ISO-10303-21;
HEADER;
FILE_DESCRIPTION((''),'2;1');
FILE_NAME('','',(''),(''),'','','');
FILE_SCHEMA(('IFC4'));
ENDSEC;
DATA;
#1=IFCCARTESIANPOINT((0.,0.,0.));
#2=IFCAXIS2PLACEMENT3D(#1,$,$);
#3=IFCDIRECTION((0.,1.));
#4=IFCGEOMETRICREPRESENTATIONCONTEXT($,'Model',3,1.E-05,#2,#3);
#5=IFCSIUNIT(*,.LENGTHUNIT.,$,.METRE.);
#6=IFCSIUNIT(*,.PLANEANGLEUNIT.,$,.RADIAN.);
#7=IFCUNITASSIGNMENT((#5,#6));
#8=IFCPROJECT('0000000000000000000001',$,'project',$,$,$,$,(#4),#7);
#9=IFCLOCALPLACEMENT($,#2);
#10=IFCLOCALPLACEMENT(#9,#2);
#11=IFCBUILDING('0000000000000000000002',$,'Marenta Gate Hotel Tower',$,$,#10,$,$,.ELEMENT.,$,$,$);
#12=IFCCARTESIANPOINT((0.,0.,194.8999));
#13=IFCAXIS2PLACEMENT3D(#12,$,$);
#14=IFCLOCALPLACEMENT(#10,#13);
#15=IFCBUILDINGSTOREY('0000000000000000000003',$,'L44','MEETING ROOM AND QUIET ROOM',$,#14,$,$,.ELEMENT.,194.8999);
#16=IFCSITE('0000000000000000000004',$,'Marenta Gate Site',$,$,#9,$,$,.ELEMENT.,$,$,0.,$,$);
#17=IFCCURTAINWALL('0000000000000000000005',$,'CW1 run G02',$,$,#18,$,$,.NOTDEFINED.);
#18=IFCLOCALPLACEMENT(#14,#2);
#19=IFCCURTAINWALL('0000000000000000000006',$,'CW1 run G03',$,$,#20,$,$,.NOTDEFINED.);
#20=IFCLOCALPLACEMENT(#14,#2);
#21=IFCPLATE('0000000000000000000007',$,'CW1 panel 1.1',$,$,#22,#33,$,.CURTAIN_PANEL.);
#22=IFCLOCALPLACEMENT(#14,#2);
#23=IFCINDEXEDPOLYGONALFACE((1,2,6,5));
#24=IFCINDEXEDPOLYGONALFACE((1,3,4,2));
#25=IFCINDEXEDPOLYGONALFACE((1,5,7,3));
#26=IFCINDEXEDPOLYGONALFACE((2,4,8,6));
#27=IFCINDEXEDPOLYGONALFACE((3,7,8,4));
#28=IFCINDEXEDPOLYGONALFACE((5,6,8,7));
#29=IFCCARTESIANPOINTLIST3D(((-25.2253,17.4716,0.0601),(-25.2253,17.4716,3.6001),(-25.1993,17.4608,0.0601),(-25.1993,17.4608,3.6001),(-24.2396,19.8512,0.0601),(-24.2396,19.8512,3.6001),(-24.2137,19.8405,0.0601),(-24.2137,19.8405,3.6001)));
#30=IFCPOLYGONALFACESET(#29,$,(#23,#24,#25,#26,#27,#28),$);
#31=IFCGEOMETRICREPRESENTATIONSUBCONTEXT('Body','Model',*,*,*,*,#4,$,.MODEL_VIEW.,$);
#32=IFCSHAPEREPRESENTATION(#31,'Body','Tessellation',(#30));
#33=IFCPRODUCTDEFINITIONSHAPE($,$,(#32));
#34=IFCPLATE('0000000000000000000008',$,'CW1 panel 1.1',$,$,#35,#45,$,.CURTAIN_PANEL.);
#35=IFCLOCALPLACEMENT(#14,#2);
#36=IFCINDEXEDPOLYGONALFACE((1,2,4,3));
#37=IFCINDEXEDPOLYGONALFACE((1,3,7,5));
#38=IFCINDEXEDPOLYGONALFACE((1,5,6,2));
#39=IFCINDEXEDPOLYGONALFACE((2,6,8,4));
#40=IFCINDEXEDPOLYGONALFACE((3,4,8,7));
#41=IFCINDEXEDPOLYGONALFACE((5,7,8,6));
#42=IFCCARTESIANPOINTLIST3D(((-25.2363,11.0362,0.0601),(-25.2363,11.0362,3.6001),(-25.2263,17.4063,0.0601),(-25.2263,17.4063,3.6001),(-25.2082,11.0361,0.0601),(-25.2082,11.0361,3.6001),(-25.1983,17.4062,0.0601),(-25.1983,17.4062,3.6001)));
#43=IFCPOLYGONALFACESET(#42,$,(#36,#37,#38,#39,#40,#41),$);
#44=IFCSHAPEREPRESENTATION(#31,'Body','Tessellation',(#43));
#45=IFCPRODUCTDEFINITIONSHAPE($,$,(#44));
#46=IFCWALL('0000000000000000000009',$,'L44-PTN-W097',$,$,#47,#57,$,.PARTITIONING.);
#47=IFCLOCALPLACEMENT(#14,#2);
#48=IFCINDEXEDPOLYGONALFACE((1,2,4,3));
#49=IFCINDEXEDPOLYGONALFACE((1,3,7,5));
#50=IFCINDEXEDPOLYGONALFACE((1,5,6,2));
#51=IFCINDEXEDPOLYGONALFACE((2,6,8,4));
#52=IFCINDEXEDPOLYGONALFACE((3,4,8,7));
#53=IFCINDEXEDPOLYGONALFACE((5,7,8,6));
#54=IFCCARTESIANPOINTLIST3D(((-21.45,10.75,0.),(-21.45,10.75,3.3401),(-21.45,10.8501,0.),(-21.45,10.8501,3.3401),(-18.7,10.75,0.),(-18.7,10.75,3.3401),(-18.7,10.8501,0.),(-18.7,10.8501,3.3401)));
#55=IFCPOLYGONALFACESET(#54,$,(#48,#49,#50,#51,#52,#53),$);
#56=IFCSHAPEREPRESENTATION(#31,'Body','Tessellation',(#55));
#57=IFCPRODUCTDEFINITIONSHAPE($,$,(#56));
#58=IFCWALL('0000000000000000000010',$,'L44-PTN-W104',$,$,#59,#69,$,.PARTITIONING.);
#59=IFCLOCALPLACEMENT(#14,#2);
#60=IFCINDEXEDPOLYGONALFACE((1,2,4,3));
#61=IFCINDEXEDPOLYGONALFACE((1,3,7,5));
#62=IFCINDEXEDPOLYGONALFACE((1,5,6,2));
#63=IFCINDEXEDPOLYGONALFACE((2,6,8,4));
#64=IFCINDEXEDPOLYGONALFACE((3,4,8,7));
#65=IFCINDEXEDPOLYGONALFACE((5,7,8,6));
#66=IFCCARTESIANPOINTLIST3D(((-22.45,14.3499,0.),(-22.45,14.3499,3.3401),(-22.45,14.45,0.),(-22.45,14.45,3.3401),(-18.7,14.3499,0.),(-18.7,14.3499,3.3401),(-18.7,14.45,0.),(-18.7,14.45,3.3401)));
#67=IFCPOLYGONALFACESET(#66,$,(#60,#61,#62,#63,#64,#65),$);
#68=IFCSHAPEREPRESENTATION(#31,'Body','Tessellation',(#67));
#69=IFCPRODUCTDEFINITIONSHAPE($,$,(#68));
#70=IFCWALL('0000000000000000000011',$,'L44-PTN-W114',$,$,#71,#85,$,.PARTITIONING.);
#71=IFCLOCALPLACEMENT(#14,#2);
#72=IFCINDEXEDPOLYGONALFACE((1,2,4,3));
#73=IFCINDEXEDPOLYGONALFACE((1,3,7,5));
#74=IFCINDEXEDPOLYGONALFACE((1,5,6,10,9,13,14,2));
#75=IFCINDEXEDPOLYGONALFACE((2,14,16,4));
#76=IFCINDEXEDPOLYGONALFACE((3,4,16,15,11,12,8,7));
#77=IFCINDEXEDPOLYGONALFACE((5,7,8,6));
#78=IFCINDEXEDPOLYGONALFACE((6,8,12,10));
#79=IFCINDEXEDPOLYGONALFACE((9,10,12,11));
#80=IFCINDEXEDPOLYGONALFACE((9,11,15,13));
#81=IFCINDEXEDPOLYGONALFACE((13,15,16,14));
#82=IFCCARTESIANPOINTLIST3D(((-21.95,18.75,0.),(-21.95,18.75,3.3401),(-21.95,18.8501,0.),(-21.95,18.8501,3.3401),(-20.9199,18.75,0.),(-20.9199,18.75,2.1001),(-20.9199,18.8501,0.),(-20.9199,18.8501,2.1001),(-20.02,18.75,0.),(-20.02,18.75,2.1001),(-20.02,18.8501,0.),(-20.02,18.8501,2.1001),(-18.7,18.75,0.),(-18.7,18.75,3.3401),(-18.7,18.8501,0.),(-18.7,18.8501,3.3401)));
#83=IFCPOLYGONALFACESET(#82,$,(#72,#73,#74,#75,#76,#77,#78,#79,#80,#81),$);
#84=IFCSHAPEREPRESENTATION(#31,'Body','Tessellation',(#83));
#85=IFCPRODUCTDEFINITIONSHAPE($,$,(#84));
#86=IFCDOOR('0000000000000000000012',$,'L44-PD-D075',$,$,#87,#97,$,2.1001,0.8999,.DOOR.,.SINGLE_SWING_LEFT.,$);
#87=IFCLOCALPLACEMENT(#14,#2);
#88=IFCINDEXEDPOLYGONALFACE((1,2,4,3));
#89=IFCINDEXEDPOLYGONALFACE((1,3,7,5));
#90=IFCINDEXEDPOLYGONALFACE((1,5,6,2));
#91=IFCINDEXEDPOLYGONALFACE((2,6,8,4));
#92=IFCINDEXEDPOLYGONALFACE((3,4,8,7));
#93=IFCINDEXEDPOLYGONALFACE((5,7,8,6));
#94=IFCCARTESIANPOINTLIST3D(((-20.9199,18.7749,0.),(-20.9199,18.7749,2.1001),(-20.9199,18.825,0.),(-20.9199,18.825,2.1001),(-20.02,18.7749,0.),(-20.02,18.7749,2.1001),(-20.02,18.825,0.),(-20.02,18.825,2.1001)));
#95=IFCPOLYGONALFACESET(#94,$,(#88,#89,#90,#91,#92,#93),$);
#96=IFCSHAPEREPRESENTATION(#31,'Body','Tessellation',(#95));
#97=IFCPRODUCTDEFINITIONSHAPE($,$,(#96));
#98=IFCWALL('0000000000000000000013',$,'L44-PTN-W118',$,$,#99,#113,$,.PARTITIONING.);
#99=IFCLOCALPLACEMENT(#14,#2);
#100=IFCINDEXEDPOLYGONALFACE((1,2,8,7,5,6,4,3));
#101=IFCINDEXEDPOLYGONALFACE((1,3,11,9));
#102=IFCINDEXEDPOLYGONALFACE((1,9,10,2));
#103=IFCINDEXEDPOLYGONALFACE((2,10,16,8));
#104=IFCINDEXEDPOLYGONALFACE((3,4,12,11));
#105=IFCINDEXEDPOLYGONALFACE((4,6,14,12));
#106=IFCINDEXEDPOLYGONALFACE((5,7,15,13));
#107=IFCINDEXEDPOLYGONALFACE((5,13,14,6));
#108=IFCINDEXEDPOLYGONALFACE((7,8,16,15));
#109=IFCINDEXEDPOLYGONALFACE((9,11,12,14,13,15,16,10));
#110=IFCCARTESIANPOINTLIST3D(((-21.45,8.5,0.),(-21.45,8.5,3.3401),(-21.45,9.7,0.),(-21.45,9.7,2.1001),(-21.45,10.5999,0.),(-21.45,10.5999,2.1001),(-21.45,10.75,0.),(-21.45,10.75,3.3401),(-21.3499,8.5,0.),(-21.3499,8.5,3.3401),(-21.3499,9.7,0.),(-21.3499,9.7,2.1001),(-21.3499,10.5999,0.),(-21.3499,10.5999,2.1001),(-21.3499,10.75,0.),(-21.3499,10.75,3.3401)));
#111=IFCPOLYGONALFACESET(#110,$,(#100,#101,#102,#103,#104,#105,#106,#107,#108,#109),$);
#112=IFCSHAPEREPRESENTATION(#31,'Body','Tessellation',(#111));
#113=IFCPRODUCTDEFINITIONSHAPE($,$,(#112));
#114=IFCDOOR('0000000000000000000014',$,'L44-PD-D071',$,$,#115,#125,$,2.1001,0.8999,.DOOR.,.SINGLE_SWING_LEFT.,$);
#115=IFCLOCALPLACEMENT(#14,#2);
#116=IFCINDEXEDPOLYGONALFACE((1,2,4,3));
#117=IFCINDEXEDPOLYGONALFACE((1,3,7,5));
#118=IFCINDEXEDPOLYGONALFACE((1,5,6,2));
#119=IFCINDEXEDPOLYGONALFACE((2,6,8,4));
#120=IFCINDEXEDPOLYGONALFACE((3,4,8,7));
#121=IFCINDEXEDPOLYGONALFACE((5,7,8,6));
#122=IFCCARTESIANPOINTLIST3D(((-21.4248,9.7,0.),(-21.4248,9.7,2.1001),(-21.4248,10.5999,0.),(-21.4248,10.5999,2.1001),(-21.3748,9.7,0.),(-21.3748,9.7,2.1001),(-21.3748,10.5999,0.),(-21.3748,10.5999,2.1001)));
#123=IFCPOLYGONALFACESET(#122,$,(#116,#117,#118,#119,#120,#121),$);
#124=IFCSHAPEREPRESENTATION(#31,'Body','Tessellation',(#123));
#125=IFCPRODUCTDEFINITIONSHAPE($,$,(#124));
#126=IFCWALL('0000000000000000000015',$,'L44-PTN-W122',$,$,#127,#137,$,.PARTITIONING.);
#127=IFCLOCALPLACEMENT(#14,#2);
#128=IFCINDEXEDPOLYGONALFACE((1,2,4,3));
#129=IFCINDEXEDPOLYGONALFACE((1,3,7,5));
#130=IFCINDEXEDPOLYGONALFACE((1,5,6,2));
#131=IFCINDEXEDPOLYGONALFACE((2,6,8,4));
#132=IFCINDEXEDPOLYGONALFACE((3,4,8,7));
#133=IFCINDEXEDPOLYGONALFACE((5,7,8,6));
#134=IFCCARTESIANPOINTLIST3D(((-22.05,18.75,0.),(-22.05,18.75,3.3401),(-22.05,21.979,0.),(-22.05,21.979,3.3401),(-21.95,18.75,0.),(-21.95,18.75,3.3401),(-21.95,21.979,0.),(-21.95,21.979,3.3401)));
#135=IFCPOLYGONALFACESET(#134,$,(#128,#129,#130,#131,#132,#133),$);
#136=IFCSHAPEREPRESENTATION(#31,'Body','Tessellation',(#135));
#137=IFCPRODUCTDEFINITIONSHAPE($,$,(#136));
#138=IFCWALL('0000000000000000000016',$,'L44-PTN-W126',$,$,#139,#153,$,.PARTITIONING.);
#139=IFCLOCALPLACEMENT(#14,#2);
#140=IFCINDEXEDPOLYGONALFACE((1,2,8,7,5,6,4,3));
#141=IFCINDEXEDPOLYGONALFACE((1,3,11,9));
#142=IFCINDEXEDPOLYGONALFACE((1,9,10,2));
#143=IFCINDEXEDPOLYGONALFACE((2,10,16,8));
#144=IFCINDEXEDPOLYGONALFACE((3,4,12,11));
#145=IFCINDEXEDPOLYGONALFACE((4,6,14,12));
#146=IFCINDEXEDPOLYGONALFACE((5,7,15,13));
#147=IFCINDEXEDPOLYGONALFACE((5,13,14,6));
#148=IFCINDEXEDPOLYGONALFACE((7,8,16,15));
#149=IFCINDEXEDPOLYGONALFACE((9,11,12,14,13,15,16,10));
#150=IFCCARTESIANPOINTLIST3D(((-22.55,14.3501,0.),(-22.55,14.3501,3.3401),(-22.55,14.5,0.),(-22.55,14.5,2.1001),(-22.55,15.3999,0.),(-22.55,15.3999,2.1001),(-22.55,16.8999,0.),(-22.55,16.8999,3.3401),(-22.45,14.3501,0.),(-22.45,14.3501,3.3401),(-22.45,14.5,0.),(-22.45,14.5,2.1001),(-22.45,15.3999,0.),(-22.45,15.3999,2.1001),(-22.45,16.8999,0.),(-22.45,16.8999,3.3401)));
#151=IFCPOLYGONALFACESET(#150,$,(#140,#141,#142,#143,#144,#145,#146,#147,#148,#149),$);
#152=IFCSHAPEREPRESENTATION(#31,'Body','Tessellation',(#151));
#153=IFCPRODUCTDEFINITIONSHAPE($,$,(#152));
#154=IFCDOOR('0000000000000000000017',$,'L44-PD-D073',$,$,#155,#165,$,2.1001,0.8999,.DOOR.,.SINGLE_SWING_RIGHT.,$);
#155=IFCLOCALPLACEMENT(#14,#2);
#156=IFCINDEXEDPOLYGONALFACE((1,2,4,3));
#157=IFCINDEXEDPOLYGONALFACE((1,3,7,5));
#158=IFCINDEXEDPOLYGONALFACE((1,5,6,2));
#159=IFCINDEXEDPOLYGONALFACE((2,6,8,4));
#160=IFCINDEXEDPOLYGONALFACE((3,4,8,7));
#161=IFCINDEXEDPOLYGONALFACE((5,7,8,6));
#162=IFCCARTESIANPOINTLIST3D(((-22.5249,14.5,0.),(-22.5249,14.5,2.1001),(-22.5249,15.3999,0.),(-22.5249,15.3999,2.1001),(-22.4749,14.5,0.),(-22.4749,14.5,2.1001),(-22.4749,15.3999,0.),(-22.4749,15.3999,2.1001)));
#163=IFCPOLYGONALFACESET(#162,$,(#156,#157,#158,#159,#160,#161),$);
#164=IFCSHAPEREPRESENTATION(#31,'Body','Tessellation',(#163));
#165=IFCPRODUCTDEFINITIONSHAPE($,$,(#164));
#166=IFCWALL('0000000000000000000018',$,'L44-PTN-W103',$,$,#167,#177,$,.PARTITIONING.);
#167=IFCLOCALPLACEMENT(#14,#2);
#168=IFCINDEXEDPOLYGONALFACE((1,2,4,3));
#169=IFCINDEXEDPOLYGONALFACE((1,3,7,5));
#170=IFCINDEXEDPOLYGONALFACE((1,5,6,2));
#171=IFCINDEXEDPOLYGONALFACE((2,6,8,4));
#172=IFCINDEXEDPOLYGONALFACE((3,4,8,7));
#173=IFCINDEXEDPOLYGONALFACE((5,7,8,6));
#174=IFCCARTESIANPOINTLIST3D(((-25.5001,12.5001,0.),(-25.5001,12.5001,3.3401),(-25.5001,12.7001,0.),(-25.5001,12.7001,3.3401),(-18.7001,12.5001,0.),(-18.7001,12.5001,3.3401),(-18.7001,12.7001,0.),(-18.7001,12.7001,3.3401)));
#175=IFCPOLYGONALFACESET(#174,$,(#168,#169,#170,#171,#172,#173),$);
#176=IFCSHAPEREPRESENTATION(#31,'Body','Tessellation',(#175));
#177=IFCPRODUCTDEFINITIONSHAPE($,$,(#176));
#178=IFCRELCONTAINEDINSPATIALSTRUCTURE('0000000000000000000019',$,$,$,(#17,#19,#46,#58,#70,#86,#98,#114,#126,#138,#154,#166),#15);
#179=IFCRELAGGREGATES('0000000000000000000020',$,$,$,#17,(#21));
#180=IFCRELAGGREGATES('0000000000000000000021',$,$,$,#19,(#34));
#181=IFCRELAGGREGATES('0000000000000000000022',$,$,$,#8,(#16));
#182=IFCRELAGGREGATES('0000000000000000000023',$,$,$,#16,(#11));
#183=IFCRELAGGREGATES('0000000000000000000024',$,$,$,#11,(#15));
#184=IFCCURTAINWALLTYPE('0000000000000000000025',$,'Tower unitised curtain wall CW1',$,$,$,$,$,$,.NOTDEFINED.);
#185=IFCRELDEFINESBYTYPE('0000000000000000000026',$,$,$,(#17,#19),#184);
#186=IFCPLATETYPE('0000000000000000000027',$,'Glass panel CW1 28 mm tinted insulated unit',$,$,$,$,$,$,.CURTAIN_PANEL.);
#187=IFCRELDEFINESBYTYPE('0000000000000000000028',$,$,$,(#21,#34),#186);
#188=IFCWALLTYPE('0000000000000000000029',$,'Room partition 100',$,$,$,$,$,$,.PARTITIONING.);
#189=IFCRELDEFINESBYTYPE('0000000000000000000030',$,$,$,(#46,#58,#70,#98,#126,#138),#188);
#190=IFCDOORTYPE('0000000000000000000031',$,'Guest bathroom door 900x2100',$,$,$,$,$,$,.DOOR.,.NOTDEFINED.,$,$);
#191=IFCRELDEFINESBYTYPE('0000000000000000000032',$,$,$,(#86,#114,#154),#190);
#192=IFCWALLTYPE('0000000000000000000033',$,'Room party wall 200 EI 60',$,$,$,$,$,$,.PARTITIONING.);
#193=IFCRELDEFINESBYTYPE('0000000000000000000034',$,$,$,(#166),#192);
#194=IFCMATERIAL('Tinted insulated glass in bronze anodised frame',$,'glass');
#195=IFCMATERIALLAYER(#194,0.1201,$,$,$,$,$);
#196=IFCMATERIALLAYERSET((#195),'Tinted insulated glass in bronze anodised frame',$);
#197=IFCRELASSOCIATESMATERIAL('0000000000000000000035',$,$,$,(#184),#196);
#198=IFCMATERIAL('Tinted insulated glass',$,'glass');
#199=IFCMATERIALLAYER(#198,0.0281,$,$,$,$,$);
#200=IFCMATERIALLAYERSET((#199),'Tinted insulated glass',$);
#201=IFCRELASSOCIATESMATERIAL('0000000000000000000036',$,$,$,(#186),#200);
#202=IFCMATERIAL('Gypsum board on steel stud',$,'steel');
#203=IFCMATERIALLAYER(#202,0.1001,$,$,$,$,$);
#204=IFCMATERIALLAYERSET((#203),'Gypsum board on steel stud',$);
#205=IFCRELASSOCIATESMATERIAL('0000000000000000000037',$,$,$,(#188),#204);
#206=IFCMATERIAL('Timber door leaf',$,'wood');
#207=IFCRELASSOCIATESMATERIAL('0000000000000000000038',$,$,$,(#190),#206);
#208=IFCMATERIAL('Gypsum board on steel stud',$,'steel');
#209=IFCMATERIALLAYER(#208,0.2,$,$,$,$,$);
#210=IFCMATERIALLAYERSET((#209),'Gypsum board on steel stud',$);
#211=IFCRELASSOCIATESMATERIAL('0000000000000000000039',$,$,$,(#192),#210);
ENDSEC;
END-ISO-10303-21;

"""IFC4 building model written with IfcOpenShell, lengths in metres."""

from ifc_helpers import new_model, si_unit, direction, frame, frame_2d, origin, origin_2d, place, context, subcontext, project, spatial, rectangle, extrude, material, layer, layer_set, type_object, element, fill, aggregate, save


model = new_model("IFC4")

# Units and contexts
model_context = context("Model", 3, precision=1e-05, world=origin(), true_north=direction((0.0, 1.0)))
body_context = subcontext(model_context, "Body", "Model", "MODEL_VIEW")
ifc_project = project(units=[si_unit("LENGTHUNIT", "METRE"), si_unit("PLANEANGLEUNIT", "RADIAN")], contexts=[model_context])

# Site, building, storey
site_placement = place(None, origin())
site = spatial("IfcSite", under=ifc_project, at=site_placement, Name="Marenta Gate Site", CompositionType="ELEMENT", RefElevation=0.0)
building_placement = place(site_placement, origin())
building = spatial("IfcBuilding", under=site, at=building_placement, Name="Marenta Gate Hotel Tower", CompositionType="ELEMENT")
storey_placement = place(building_placement, frame((0.0, 0.0, 194.8999)))
storey = spatial("IfcBuildingStorey", under=building, at=storey_placement, Name="L44", Description="MEETING ROOM AND QUIET ROOM", CompositionType="ELEMENT", Elevation=194.8999)

# Curtain wall
ifc_material_1 = material(Name="Tinted insulated glass in bronze anodised frame", Category="glass")
ifc_layer_1 = layer(ifc_material_1, 0.1201)
ifc_layer_set_1 = layer_set([ifc_layer_1], Name="Tinted insulated glass in bronze anodised frame")
curtain_wall_type = type_object("IfcCurtainWallType", Name="Tower unitised curtain wall CW1", PredefinedType="NOTDEFINED", material=ifc_layer_set_1)
curtain_wall_1_placement = place(storey_placement, origin())
curtain_wall_1 = element("IfcCurtainWall", 1, at=curtain_wall_1_placement, inside=storey, type_object=curtain_wall_type, Name="CW1 run G02", PredefinedType="NOTDEFINED")

# Curtain wall
curtain_wall_2_placement = place(storey_placement, origin())
curtain_wall_2 = element("IfcCurtainWall", 2, at=curtain_wall_2_placement, inside=storey, type_object=curtain_wall_type, Name="CW1 run G03", PredefinedType="NOTDEFINED")

# Shared definitions
ifc_material_2 = material(Name="Tinted insulated glass", Category="glass")
ifc_layer_2 = layer(ifc_material_2, 0.0281)
ifc_layer_set_2 = layer_set([ifc_layer_2], Name="Tinted insulated glass")
plate_type = type_object("IfcPlateType", Name="Glass panel CW1 28 mm tinted insulated unit", PredefinedType="CURTAIN_PANEL", material=ifc_layer_set_2)

# Plates
plate_1_placement = place(storey_placement, frame((-24.7195, 18.656, 0.0601), z_axis=(0.0, 0.0, 1.0), x_axis=(-0.382667, -0.923886, 0.0)))
plate_1 = element("IfcPlate", 3, at=plate_1_placement, type_object=plate_type, Name="CW1 panel 1.1", PredefinedType="CURTAIN_PANEL", context=body_context, shape_type="SweptSolid", body=[
    extrude(rectangle(XDim=2.5757, YDim=0.0281, at=origin_2d()), origin(), (0.0, 0.0, 1.0), 3.54),
])
aggregate(curtain_wall_1, [plate_1])
plate_2_placement = place(storey_placement, frame((-25.2173, 14.2212, 0.0601), z_axis=(0.0, 0.0, 1.0), x_axis=(-0.001566, -0.999999, 0.0)))
plate_2 = element("IfcPlate", 4, at=plate_2_placement, type_object=plate_type, Name="CW1 panel 1.1", PredefinedType="CURTAIN_PANEL", context=body_context, shape_type="SweptSolid", body=[
    extrude(rectangle(XDim=6.3701, YDim=0.0281, at=origin_2d()), origin(), (0.0, 0.0, 1.0), 3.54),
])
aggregate(curtain_wall_2, [plate_2])

# Walls
ifc_material_3 = material(Name="Gypsum board on steel stud", Category="steel")
ifc_layer_3 = layer(ifc_material_3, 0.1001)
ifc_layer_set_3 = layer_set([ifc_layer_3], Name="Gypsum board on steel stud")
wall_type_1 = type_object("IfcWallType", Name="Room partition 100", PredefinedType="PARTITIONING", material=ifc_layer_set_3)
wall_1_placement = place(storey_placement, frame((-21.45, 10.8, 0.0), z_axis=(0.0, 0.0, 1.0), x_axis=(1.0, 0.0, 0.0)))
element("IfcWall", 5, at=wall_1_placement, inside=storey, type_object=wall_type_1, Name="L44-PTN-W097", PredefinedType="PARTITIONING", context=body_context, shape_type="SweptSolid", body=[
    extrude(rectangle(XDim=2.75, YDim=0.1001, at=frame_2d((1.375, 0.0))), origin(), (0.0, 0.0, 1.0), 3.3401),
])
wall_2_placement = place(storey_placement, frame((-22.45, 14.3999, 0.0), z_axis=(0.0, 0.0, 1.0), x_axis=(1.0, 0.0, 0.0)))
element("IfcWall", 6, at=wall_2_placement, inside=storey, type_object=wall_type_1, Name="L44-PTN-W104", PredefinedType="PARTITIONING", context=body_context, shape_type="SweptSolid", body=[
    extrude(rectangle(XDim=3.75, YDim=0.1001, at=frame_2d((1.875, 0.0))), origin(), (0.0, 0.0, 1.0), 3.3401),
])

# Walls, openings, doors
wall_3_placement = place(storey_placement, frame((-21.95, 18.8, 0.0), z_axis=(0.0, 0.0, 1.0), x_axis=(1.0, 0.0, 0.0)))
wall_3 = element("IfcWall", 7, at=wall_3_placement, inside=storey, type_object=wall_type_1, Name="L44-PTN-W114", PredefinedType="PARTITIONING", context=body_context, shape_type="SweptSolid", body=[
    extrude(rectangle(XDim=3.25, YDim=0.1001, at=frame_2d((1.625, 0.0))), origin(), (0.0, 0.0, 1.0), 3.3401),
])
opening_1_placement = place(wall_3_placement, frame((1.03, 0.0, 0.0)))
opening_1 = element("IfcOpeningElement", 8, at=opening_1_placement, cuts=wall_3, PredefinedType="OPENING", context=body_context, shape_type="SweptSolid", body=[
    extrude(rectangle(XDim=0.8999, YDim=2.1001, at=frame_2d((0.45, 1.05))), frame((0.0, 0.05, 0.0), z_axis=(0.0, -1.0, 0.0), x_axis=(1.0, 0.0, 0.0)), (0.0, 0.0, 1.0), 0.1001),
])
ifc_material_4 = material(Name="Timber door leaf", Category="wood")
door_type = type_object("IfcDoorType", Name="Guest bathroom door 900x2100", OperationType="NOTDEFINED", PredefinedType="DOOR", material=ifc_material_4)
door_1_placement = place(opening_1_placement, origin())
door_1 = element("IfcDoor", 9, at=door_1_placement, inside=storey, type_object=door_type, Name="L44-PD-D075", OperationType="SINGLE_SWING_LEFT", OverallHeight=2.1001, OverallWidth=0.8999, PredefinedType="DOOR", context=body_context, shape_type="SweptSolid", body=[
    extrude(rectangle(XDim=0.8999, YDim=2.1001, at=frame_2d((0.45, 1.05))), frame((0.0, 0.0249, 0.0), z_axis=(0.0, -1.0, 0.0), x_axis=(1.0, 0.0, 0.0)), (0.0, 0.0, 1.0), 0.05),
])
fill(opening_1, door_1)
wall_4_placement = place(storey_placement, frame((-21.3999, 8.5, 0.0), z_axis=(0.0, 0.0, 1.0), x_axis=(0.0, 1.0, 0.0)))
wall_4 = element("IfcWall", 10, at=wall_4_placement, inside=storey, type_object=wall_type_1, Name="L44-PTN-W118", PredefinedType="PARTITIONING", context=body_context, shape_type="SweptSolid", body=[
    extrude(rectangle(XDim=2.25, YDim=0.1001, at=frame_2d((1.125, 0.0))), origin(), (0.0, 0.0, 1.0), 3.3401),
])
opening_2_placement = place(wall_4_placement, frame((1.2, 0.0, 0.0)))
opening_2 = element("IfcOpeningElement", 11, at=opening_2_placement, cuts=wall_4, PredefinedType="OPENING", context=body_context, shape_type="SweptSolid", body=[
    extrude(rectangle(XDim=0.8999, YDim=2.1001, at=frame_2d((0.45, 1.05))), frame((0.0, 0.05, 0.0), z_axis=(0.0, -1.0, 0.0), x_axis=(1.0, 0.0, 0.0)), (0.0, 0.0, 1.0), 0.1001),
])
door_2_placement = place(opening_2_placement, origin())
door_2 = element("IfcDoor", 12, at=door_2_placement, inside=storey, type_object=door_type, Name="L44-PD-D071", OperationType="SINGLE_SWING_LEFT", OverallHeight=2.1001, OverallWidth=0.8999, PredefinedType="DOOR", context=body_context, shape_type="SweptSolid", body=[
    extrude(rectangle(XDim=0.8999, YDim=2.1001, at=frame_2d((0.45, 1.05))), frame((0.0, 0.0249, 0.0), z_axis=(0.0, -1.0, 0.0), x_axis=(1.0, 0.0, 0.0)), (0.0, 0.0, 1.0), 0.05),
])
fill(opening_2, door_2)

# Wall
wall_5_placement = place(storey_placement, frame((-22.0, 18.75, 0.0), z_axis=(0.0, 0.0, 1.0), x_axis=(0.0, 1.0, 0.0)))
element("IfcWall", 13, at=wall_5_placement, inside=storey, type_object=wall_type_1, Name="L44-PTN-W122", PredefinedType="PARTITIONING", context=body_context, shape_type="SweptSolid", body=[
    extrude(rectangle(XDim=3.229, YDim=0.1001, at=frame_2d((1.6145, 0.0))), origin(), (0.0, 0.0, 1.0), 3.3401),
])

# Wall, opening, door
wall_6_placement = place(storey_placement, frame((-22.5, 14.3501, 0.0), z_axis=(0.0, 0.0, 1.0), x_axis=(0.0, 1.0, 0.0)))
wall_6 = element("IfcWall", 14, at=wall_6_placement, inside=storey, type_object=wall_type_1, Name="L44-PTN-W126", PredefinedType="PARTITIONING", context=body_context, shape_type="SweptSolid", body=[
    extrude(rectangle(XDim=2.5498, YDim=0.1001, at=frame_2d((1.2749, 0.0))), origin(), (0.0, 0.0, 1.0), 3.3401),
])
opening_3_placement = place(wall_6_placement, frame((0.1499, 0.0, 0.0)))
opening_3 = element("IfcOpeningElement", 15, at=opening_3_placement, cuts=wall_6, PredefinedType="OPENING", context=body_context, shape_type="SweptSolid", body=[
    extrude(rectangle(XDim=0.8999, YDim=2.1001, at=frame_2d((0.45, 1.05))), frame((0.0, 0.05, 0.0), z_axis=(0.0, -1.0, 0.0), x_axis=(1.0, 0.0, 0.0)), (0.0, 0.0, 1.0), 0.1001),
])
door_3_placement = place(opening_3_placement, origin())
door_3 = element("IfcDoor", 16, at=door_3_placement, inside=storey, type_object=door_type, Name="L44-PD-D073", OperationType="SINGLE_SWING_RIGHT", OverallHeight=2.1001, OverallWidth=0.8999, PredefinedType="DOOR", context=body_context, shape_type="SweptSolid", body=[
    extrude(rectangle(XDim=0.8999, YDim=2.1001, at=frame_2d((0.45, 1.05))), frame((0.0, 0.0249, 0.0), z_axis=(0.0, -1.0, 0.0), x_axis=(1.0, 0.0, 0.0)), (0.0, 0.0, 1.0), 0.05),
])
fill(opening_3, door_3)

# Wall
ifc_material_5 = material(Name="Gypsum board on steel stud", Category="steel")
ifc_layer_4 = layer(ifc_material_5, 0.2)
ifc_layer_set_4 = layer_set([ifc_layer_4], Name="Gypsum board on steel stud")
wall_type_2 = type_object("IfcWallType", Name="Room party wall 200 EI 60", PredefinedType="PARTITIONING", material=ifc_layer_set_4)
wall_7_placement = place(storey_placement, frame((-25.5, 12.6001, 0.0), z_axis=(0.0, 0.0, 1.0), x_axis=(1.0, 0.0, 0.0)))
element("IfcWall", 17, at=wall_7_placement, inside=storey, type_object=wall_type_2, Name="L44-PTN-W103", PredefinedType="PARTITIONING", context=body_context, shape_type="SweptSolid", body=[
    extrude(rectangle(XDim=6.8, YDim=0.2, at=frame_2d((3.3999, 0.0))), origin(), (0.0, 0.0, 1.0), 3.3401),
])

save(model, "model.ifc")
